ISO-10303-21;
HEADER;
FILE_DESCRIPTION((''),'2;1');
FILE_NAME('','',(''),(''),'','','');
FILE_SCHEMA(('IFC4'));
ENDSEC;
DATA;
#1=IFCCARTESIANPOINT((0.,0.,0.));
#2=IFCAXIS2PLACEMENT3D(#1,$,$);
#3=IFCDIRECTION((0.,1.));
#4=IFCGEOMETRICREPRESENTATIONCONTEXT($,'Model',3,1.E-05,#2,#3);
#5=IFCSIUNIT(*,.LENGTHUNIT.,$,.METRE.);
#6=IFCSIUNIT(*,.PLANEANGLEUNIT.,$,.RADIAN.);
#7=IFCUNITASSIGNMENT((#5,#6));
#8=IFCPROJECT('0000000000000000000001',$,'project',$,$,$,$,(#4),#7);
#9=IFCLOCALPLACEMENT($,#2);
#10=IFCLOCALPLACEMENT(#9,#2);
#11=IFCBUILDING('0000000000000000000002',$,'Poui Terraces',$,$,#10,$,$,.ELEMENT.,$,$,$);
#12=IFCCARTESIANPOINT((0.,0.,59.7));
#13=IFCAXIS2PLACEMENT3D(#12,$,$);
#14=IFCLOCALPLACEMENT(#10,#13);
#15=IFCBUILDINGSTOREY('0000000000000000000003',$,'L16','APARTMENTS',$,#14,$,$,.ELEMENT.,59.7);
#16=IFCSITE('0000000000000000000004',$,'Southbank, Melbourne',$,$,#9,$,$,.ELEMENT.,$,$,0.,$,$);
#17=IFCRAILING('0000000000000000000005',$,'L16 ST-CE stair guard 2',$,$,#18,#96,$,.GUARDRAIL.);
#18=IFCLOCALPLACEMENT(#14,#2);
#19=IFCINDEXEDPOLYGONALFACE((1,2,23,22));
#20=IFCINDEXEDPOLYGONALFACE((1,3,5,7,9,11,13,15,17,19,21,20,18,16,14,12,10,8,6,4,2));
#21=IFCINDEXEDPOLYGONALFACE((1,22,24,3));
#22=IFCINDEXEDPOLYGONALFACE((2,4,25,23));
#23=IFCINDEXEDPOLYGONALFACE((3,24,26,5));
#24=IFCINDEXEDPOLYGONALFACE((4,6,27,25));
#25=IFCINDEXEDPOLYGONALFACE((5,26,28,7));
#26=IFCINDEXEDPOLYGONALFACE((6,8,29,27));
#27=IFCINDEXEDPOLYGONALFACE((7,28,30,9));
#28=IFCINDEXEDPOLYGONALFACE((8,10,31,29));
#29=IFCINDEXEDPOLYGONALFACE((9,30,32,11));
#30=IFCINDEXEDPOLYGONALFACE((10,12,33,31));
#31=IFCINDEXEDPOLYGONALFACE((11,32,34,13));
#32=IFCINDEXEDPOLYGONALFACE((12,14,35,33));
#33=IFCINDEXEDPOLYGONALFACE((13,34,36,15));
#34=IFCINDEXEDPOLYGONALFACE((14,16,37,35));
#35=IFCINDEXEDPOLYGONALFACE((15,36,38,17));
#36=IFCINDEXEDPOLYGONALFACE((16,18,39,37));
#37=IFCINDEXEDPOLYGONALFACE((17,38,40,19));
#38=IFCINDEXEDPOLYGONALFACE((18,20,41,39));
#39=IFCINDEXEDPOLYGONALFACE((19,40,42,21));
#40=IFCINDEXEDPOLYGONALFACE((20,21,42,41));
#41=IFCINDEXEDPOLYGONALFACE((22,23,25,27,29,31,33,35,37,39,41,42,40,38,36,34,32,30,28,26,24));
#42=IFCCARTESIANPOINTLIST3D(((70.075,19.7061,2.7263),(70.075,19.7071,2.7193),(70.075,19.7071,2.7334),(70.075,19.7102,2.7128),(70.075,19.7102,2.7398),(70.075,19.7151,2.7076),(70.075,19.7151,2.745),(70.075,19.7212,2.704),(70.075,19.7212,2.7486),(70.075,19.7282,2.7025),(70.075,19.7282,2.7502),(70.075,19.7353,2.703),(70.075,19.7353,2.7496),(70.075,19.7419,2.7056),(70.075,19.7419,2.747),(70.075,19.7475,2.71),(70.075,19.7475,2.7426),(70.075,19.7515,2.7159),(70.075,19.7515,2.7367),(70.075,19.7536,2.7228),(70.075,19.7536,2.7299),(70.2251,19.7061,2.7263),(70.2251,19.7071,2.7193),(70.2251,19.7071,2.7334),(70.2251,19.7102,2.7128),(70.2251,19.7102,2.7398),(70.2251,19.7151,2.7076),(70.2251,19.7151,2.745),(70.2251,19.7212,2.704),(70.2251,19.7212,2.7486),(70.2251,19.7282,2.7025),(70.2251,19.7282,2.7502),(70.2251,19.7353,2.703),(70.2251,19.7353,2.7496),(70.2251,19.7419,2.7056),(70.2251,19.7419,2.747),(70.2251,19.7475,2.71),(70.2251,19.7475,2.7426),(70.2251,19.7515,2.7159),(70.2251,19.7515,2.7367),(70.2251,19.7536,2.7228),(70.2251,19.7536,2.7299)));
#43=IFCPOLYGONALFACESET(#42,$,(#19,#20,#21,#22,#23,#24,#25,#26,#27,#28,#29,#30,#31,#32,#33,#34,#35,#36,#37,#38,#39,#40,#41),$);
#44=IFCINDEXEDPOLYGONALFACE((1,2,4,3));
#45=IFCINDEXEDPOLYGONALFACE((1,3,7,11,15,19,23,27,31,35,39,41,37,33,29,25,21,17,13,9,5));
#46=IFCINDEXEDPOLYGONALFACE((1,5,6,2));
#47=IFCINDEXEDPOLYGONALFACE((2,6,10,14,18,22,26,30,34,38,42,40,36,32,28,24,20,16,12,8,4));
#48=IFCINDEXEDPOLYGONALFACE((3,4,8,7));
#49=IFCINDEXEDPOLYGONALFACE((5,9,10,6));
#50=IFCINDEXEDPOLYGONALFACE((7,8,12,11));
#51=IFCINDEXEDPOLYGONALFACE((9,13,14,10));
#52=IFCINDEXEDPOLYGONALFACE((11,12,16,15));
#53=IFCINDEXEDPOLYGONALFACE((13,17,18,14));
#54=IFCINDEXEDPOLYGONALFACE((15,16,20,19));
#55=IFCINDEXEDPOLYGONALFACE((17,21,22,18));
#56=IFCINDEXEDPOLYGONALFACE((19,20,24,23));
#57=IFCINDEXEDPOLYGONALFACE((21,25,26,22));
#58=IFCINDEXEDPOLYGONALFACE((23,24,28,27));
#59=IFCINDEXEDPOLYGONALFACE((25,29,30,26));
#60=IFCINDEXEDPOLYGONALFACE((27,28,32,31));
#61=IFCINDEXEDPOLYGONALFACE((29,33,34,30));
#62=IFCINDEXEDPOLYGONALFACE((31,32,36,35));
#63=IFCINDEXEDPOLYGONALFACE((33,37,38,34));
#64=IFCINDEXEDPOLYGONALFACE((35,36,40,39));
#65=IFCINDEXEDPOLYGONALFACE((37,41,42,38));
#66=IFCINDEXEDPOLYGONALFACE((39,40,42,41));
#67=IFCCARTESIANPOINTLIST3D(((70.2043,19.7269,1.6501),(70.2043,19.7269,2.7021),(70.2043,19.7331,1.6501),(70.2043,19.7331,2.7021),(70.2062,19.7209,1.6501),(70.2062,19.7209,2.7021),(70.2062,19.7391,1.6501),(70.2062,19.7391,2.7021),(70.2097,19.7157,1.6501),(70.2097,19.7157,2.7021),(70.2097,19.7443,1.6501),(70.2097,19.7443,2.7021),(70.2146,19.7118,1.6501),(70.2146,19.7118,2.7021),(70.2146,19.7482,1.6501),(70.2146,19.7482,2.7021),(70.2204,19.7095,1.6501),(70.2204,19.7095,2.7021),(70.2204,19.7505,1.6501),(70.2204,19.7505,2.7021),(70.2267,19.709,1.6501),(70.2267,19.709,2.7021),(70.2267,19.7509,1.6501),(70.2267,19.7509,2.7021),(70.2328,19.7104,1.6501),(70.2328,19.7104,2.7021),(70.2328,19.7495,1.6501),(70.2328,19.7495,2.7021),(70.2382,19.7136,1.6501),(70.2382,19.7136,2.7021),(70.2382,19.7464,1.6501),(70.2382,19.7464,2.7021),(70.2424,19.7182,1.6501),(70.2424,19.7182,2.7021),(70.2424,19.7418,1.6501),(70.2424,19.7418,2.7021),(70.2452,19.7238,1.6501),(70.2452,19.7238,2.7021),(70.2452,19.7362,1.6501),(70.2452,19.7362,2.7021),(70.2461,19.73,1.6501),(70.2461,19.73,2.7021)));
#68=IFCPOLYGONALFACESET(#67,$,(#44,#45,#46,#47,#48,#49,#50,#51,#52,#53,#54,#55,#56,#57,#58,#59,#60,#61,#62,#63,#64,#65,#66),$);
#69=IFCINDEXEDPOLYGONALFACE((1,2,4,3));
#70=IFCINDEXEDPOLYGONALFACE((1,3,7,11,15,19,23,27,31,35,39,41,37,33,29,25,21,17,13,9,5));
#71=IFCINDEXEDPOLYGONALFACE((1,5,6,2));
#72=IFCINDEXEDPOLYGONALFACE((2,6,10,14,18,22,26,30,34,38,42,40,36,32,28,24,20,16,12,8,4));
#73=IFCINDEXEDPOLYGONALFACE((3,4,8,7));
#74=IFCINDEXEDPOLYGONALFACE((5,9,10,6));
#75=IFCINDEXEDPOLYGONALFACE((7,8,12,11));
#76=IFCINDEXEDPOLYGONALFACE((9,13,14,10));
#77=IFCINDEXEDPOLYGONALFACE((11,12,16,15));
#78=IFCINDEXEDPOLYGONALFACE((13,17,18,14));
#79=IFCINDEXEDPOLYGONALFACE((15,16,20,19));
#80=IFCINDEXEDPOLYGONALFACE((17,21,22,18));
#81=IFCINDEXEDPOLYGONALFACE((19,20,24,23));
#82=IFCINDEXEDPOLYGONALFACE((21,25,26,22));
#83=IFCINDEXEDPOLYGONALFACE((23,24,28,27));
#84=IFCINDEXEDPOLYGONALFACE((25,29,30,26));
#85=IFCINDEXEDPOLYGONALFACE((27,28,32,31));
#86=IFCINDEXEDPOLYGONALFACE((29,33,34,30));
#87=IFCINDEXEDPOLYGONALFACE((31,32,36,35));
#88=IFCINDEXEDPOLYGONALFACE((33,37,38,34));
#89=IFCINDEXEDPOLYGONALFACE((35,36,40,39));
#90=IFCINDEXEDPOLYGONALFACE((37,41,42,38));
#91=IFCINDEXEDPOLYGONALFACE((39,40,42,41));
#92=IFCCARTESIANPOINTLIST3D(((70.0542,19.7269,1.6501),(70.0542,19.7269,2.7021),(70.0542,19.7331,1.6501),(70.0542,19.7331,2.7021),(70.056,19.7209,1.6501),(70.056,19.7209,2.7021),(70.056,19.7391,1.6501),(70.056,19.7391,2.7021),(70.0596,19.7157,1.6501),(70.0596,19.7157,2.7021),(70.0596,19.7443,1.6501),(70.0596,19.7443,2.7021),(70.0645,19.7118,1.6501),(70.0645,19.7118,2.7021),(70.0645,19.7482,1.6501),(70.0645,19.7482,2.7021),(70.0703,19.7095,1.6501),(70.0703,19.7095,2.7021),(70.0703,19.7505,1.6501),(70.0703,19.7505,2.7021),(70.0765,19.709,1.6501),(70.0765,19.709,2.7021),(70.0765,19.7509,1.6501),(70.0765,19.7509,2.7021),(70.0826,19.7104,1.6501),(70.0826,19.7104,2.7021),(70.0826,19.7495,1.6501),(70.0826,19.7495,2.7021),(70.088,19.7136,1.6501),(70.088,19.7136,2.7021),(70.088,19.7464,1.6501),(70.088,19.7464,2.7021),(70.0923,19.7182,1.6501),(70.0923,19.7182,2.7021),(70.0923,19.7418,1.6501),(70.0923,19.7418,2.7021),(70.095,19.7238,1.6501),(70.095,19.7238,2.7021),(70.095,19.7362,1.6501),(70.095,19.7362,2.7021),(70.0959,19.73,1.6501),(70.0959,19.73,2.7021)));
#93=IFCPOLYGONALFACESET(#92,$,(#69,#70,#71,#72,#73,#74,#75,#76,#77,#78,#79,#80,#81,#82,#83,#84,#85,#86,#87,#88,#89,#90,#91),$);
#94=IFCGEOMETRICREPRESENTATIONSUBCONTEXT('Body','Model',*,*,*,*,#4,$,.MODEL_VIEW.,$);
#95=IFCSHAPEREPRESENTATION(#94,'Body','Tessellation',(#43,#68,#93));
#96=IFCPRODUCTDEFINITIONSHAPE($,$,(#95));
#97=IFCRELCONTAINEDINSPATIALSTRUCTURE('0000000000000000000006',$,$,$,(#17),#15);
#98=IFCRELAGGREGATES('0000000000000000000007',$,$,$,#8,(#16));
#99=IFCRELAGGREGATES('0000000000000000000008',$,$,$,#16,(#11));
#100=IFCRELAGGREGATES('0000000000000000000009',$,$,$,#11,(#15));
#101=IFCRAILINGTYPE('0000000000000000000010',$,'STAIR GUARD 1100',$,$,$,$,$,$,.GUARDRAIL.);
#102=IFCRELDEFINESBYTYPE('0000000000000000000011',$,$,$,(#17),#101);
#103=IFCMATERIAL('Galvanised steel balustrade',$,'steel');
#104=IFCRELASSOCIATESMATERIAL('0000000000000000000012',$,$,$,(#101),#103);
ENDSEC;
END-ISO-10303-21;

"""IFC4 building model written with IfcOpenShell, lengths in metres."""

from ifc_helpers import new_model, si_unit, direction, frame, origin, origin_2d, place, context, subcontext, project, spatial, circle, extrude, material, type_object, element, save


model = new_model("IFC4")

# Units and contexts
model_context = context("Model", 3, precision=1e-05, world=origin(), true_north=direction((0.0, 1.0)))
body_context = subcontext(model_context, "Body", "Model", "MODEL_VIEW")
ifc_project = project(units=[si_unit("LENGTHUNIT", "METRE"), si_unit("PLANEANGLEUNIT", "RADIAN")], contexts=[model_context])

# Site, building, storey
site_placement = place(None, origin())
site = spatial("IfcSite", under=ifc_project, at=site_placement, Name="Southbank, Melbourne", CompositionType="ELEMENT", RefElevation=0.0)
building_placement = place(site_placement, origin())
building = spatial("IfcBuilding", under=site, at=building_placement, Name="Poui Terraces", CompositionType="ELEMENT")
storey_placement = place(building_placement, frame((0.0, 0.0, 59.7)))
storey = spatial("IfcBuildingStorey", under=building, at=storey_placement, Name="L16", Description="APARTMENTS", CompositionType="ELEMENT", Elevation=59.7)

# Railing
ifc_material_1 = material(Name="Galvanised steel balustrade", Category="steel")
railing_type_1 = type_object("IfcRailingType", Name="STAIR GUARD 1100", PredefinedType="GUARDRAIL", material=ifc_material_1)
railing_1_placement = place(storey_placement, frame((70.2251, 19.73, 1.6501)))
element("IfcRailing", 1, at=railing_1_placement, inside=storey, type_object=railing_type_1, Name="L16 ST-CE stair guard 2", PredefinedType="GUARDRAIL", context=body_context, shape_type="SweptSolid", body=[
    extrude(circle(Radius=0.0239, at=origin_2d()), frame((0.0, 0.0, 1.0762), z_axis=(-1.0, 0.0, 0.0), x_axis=(0.0, -1.0, 0.0)), (0.0, 0.0, 1.0), 0.1501),
    extrude(circle(Radius=0.021, at=origin_2d()), origin(), (0.0, 0.0, 1.0), 1.052),
    extrude(circle(Radius=0.021, at=origin_2d()), frame((-0.1501, 0.0, 0.0)), (0.0, 0.0, 1.0), 1.052),
])

save(model, "model.ifc")
